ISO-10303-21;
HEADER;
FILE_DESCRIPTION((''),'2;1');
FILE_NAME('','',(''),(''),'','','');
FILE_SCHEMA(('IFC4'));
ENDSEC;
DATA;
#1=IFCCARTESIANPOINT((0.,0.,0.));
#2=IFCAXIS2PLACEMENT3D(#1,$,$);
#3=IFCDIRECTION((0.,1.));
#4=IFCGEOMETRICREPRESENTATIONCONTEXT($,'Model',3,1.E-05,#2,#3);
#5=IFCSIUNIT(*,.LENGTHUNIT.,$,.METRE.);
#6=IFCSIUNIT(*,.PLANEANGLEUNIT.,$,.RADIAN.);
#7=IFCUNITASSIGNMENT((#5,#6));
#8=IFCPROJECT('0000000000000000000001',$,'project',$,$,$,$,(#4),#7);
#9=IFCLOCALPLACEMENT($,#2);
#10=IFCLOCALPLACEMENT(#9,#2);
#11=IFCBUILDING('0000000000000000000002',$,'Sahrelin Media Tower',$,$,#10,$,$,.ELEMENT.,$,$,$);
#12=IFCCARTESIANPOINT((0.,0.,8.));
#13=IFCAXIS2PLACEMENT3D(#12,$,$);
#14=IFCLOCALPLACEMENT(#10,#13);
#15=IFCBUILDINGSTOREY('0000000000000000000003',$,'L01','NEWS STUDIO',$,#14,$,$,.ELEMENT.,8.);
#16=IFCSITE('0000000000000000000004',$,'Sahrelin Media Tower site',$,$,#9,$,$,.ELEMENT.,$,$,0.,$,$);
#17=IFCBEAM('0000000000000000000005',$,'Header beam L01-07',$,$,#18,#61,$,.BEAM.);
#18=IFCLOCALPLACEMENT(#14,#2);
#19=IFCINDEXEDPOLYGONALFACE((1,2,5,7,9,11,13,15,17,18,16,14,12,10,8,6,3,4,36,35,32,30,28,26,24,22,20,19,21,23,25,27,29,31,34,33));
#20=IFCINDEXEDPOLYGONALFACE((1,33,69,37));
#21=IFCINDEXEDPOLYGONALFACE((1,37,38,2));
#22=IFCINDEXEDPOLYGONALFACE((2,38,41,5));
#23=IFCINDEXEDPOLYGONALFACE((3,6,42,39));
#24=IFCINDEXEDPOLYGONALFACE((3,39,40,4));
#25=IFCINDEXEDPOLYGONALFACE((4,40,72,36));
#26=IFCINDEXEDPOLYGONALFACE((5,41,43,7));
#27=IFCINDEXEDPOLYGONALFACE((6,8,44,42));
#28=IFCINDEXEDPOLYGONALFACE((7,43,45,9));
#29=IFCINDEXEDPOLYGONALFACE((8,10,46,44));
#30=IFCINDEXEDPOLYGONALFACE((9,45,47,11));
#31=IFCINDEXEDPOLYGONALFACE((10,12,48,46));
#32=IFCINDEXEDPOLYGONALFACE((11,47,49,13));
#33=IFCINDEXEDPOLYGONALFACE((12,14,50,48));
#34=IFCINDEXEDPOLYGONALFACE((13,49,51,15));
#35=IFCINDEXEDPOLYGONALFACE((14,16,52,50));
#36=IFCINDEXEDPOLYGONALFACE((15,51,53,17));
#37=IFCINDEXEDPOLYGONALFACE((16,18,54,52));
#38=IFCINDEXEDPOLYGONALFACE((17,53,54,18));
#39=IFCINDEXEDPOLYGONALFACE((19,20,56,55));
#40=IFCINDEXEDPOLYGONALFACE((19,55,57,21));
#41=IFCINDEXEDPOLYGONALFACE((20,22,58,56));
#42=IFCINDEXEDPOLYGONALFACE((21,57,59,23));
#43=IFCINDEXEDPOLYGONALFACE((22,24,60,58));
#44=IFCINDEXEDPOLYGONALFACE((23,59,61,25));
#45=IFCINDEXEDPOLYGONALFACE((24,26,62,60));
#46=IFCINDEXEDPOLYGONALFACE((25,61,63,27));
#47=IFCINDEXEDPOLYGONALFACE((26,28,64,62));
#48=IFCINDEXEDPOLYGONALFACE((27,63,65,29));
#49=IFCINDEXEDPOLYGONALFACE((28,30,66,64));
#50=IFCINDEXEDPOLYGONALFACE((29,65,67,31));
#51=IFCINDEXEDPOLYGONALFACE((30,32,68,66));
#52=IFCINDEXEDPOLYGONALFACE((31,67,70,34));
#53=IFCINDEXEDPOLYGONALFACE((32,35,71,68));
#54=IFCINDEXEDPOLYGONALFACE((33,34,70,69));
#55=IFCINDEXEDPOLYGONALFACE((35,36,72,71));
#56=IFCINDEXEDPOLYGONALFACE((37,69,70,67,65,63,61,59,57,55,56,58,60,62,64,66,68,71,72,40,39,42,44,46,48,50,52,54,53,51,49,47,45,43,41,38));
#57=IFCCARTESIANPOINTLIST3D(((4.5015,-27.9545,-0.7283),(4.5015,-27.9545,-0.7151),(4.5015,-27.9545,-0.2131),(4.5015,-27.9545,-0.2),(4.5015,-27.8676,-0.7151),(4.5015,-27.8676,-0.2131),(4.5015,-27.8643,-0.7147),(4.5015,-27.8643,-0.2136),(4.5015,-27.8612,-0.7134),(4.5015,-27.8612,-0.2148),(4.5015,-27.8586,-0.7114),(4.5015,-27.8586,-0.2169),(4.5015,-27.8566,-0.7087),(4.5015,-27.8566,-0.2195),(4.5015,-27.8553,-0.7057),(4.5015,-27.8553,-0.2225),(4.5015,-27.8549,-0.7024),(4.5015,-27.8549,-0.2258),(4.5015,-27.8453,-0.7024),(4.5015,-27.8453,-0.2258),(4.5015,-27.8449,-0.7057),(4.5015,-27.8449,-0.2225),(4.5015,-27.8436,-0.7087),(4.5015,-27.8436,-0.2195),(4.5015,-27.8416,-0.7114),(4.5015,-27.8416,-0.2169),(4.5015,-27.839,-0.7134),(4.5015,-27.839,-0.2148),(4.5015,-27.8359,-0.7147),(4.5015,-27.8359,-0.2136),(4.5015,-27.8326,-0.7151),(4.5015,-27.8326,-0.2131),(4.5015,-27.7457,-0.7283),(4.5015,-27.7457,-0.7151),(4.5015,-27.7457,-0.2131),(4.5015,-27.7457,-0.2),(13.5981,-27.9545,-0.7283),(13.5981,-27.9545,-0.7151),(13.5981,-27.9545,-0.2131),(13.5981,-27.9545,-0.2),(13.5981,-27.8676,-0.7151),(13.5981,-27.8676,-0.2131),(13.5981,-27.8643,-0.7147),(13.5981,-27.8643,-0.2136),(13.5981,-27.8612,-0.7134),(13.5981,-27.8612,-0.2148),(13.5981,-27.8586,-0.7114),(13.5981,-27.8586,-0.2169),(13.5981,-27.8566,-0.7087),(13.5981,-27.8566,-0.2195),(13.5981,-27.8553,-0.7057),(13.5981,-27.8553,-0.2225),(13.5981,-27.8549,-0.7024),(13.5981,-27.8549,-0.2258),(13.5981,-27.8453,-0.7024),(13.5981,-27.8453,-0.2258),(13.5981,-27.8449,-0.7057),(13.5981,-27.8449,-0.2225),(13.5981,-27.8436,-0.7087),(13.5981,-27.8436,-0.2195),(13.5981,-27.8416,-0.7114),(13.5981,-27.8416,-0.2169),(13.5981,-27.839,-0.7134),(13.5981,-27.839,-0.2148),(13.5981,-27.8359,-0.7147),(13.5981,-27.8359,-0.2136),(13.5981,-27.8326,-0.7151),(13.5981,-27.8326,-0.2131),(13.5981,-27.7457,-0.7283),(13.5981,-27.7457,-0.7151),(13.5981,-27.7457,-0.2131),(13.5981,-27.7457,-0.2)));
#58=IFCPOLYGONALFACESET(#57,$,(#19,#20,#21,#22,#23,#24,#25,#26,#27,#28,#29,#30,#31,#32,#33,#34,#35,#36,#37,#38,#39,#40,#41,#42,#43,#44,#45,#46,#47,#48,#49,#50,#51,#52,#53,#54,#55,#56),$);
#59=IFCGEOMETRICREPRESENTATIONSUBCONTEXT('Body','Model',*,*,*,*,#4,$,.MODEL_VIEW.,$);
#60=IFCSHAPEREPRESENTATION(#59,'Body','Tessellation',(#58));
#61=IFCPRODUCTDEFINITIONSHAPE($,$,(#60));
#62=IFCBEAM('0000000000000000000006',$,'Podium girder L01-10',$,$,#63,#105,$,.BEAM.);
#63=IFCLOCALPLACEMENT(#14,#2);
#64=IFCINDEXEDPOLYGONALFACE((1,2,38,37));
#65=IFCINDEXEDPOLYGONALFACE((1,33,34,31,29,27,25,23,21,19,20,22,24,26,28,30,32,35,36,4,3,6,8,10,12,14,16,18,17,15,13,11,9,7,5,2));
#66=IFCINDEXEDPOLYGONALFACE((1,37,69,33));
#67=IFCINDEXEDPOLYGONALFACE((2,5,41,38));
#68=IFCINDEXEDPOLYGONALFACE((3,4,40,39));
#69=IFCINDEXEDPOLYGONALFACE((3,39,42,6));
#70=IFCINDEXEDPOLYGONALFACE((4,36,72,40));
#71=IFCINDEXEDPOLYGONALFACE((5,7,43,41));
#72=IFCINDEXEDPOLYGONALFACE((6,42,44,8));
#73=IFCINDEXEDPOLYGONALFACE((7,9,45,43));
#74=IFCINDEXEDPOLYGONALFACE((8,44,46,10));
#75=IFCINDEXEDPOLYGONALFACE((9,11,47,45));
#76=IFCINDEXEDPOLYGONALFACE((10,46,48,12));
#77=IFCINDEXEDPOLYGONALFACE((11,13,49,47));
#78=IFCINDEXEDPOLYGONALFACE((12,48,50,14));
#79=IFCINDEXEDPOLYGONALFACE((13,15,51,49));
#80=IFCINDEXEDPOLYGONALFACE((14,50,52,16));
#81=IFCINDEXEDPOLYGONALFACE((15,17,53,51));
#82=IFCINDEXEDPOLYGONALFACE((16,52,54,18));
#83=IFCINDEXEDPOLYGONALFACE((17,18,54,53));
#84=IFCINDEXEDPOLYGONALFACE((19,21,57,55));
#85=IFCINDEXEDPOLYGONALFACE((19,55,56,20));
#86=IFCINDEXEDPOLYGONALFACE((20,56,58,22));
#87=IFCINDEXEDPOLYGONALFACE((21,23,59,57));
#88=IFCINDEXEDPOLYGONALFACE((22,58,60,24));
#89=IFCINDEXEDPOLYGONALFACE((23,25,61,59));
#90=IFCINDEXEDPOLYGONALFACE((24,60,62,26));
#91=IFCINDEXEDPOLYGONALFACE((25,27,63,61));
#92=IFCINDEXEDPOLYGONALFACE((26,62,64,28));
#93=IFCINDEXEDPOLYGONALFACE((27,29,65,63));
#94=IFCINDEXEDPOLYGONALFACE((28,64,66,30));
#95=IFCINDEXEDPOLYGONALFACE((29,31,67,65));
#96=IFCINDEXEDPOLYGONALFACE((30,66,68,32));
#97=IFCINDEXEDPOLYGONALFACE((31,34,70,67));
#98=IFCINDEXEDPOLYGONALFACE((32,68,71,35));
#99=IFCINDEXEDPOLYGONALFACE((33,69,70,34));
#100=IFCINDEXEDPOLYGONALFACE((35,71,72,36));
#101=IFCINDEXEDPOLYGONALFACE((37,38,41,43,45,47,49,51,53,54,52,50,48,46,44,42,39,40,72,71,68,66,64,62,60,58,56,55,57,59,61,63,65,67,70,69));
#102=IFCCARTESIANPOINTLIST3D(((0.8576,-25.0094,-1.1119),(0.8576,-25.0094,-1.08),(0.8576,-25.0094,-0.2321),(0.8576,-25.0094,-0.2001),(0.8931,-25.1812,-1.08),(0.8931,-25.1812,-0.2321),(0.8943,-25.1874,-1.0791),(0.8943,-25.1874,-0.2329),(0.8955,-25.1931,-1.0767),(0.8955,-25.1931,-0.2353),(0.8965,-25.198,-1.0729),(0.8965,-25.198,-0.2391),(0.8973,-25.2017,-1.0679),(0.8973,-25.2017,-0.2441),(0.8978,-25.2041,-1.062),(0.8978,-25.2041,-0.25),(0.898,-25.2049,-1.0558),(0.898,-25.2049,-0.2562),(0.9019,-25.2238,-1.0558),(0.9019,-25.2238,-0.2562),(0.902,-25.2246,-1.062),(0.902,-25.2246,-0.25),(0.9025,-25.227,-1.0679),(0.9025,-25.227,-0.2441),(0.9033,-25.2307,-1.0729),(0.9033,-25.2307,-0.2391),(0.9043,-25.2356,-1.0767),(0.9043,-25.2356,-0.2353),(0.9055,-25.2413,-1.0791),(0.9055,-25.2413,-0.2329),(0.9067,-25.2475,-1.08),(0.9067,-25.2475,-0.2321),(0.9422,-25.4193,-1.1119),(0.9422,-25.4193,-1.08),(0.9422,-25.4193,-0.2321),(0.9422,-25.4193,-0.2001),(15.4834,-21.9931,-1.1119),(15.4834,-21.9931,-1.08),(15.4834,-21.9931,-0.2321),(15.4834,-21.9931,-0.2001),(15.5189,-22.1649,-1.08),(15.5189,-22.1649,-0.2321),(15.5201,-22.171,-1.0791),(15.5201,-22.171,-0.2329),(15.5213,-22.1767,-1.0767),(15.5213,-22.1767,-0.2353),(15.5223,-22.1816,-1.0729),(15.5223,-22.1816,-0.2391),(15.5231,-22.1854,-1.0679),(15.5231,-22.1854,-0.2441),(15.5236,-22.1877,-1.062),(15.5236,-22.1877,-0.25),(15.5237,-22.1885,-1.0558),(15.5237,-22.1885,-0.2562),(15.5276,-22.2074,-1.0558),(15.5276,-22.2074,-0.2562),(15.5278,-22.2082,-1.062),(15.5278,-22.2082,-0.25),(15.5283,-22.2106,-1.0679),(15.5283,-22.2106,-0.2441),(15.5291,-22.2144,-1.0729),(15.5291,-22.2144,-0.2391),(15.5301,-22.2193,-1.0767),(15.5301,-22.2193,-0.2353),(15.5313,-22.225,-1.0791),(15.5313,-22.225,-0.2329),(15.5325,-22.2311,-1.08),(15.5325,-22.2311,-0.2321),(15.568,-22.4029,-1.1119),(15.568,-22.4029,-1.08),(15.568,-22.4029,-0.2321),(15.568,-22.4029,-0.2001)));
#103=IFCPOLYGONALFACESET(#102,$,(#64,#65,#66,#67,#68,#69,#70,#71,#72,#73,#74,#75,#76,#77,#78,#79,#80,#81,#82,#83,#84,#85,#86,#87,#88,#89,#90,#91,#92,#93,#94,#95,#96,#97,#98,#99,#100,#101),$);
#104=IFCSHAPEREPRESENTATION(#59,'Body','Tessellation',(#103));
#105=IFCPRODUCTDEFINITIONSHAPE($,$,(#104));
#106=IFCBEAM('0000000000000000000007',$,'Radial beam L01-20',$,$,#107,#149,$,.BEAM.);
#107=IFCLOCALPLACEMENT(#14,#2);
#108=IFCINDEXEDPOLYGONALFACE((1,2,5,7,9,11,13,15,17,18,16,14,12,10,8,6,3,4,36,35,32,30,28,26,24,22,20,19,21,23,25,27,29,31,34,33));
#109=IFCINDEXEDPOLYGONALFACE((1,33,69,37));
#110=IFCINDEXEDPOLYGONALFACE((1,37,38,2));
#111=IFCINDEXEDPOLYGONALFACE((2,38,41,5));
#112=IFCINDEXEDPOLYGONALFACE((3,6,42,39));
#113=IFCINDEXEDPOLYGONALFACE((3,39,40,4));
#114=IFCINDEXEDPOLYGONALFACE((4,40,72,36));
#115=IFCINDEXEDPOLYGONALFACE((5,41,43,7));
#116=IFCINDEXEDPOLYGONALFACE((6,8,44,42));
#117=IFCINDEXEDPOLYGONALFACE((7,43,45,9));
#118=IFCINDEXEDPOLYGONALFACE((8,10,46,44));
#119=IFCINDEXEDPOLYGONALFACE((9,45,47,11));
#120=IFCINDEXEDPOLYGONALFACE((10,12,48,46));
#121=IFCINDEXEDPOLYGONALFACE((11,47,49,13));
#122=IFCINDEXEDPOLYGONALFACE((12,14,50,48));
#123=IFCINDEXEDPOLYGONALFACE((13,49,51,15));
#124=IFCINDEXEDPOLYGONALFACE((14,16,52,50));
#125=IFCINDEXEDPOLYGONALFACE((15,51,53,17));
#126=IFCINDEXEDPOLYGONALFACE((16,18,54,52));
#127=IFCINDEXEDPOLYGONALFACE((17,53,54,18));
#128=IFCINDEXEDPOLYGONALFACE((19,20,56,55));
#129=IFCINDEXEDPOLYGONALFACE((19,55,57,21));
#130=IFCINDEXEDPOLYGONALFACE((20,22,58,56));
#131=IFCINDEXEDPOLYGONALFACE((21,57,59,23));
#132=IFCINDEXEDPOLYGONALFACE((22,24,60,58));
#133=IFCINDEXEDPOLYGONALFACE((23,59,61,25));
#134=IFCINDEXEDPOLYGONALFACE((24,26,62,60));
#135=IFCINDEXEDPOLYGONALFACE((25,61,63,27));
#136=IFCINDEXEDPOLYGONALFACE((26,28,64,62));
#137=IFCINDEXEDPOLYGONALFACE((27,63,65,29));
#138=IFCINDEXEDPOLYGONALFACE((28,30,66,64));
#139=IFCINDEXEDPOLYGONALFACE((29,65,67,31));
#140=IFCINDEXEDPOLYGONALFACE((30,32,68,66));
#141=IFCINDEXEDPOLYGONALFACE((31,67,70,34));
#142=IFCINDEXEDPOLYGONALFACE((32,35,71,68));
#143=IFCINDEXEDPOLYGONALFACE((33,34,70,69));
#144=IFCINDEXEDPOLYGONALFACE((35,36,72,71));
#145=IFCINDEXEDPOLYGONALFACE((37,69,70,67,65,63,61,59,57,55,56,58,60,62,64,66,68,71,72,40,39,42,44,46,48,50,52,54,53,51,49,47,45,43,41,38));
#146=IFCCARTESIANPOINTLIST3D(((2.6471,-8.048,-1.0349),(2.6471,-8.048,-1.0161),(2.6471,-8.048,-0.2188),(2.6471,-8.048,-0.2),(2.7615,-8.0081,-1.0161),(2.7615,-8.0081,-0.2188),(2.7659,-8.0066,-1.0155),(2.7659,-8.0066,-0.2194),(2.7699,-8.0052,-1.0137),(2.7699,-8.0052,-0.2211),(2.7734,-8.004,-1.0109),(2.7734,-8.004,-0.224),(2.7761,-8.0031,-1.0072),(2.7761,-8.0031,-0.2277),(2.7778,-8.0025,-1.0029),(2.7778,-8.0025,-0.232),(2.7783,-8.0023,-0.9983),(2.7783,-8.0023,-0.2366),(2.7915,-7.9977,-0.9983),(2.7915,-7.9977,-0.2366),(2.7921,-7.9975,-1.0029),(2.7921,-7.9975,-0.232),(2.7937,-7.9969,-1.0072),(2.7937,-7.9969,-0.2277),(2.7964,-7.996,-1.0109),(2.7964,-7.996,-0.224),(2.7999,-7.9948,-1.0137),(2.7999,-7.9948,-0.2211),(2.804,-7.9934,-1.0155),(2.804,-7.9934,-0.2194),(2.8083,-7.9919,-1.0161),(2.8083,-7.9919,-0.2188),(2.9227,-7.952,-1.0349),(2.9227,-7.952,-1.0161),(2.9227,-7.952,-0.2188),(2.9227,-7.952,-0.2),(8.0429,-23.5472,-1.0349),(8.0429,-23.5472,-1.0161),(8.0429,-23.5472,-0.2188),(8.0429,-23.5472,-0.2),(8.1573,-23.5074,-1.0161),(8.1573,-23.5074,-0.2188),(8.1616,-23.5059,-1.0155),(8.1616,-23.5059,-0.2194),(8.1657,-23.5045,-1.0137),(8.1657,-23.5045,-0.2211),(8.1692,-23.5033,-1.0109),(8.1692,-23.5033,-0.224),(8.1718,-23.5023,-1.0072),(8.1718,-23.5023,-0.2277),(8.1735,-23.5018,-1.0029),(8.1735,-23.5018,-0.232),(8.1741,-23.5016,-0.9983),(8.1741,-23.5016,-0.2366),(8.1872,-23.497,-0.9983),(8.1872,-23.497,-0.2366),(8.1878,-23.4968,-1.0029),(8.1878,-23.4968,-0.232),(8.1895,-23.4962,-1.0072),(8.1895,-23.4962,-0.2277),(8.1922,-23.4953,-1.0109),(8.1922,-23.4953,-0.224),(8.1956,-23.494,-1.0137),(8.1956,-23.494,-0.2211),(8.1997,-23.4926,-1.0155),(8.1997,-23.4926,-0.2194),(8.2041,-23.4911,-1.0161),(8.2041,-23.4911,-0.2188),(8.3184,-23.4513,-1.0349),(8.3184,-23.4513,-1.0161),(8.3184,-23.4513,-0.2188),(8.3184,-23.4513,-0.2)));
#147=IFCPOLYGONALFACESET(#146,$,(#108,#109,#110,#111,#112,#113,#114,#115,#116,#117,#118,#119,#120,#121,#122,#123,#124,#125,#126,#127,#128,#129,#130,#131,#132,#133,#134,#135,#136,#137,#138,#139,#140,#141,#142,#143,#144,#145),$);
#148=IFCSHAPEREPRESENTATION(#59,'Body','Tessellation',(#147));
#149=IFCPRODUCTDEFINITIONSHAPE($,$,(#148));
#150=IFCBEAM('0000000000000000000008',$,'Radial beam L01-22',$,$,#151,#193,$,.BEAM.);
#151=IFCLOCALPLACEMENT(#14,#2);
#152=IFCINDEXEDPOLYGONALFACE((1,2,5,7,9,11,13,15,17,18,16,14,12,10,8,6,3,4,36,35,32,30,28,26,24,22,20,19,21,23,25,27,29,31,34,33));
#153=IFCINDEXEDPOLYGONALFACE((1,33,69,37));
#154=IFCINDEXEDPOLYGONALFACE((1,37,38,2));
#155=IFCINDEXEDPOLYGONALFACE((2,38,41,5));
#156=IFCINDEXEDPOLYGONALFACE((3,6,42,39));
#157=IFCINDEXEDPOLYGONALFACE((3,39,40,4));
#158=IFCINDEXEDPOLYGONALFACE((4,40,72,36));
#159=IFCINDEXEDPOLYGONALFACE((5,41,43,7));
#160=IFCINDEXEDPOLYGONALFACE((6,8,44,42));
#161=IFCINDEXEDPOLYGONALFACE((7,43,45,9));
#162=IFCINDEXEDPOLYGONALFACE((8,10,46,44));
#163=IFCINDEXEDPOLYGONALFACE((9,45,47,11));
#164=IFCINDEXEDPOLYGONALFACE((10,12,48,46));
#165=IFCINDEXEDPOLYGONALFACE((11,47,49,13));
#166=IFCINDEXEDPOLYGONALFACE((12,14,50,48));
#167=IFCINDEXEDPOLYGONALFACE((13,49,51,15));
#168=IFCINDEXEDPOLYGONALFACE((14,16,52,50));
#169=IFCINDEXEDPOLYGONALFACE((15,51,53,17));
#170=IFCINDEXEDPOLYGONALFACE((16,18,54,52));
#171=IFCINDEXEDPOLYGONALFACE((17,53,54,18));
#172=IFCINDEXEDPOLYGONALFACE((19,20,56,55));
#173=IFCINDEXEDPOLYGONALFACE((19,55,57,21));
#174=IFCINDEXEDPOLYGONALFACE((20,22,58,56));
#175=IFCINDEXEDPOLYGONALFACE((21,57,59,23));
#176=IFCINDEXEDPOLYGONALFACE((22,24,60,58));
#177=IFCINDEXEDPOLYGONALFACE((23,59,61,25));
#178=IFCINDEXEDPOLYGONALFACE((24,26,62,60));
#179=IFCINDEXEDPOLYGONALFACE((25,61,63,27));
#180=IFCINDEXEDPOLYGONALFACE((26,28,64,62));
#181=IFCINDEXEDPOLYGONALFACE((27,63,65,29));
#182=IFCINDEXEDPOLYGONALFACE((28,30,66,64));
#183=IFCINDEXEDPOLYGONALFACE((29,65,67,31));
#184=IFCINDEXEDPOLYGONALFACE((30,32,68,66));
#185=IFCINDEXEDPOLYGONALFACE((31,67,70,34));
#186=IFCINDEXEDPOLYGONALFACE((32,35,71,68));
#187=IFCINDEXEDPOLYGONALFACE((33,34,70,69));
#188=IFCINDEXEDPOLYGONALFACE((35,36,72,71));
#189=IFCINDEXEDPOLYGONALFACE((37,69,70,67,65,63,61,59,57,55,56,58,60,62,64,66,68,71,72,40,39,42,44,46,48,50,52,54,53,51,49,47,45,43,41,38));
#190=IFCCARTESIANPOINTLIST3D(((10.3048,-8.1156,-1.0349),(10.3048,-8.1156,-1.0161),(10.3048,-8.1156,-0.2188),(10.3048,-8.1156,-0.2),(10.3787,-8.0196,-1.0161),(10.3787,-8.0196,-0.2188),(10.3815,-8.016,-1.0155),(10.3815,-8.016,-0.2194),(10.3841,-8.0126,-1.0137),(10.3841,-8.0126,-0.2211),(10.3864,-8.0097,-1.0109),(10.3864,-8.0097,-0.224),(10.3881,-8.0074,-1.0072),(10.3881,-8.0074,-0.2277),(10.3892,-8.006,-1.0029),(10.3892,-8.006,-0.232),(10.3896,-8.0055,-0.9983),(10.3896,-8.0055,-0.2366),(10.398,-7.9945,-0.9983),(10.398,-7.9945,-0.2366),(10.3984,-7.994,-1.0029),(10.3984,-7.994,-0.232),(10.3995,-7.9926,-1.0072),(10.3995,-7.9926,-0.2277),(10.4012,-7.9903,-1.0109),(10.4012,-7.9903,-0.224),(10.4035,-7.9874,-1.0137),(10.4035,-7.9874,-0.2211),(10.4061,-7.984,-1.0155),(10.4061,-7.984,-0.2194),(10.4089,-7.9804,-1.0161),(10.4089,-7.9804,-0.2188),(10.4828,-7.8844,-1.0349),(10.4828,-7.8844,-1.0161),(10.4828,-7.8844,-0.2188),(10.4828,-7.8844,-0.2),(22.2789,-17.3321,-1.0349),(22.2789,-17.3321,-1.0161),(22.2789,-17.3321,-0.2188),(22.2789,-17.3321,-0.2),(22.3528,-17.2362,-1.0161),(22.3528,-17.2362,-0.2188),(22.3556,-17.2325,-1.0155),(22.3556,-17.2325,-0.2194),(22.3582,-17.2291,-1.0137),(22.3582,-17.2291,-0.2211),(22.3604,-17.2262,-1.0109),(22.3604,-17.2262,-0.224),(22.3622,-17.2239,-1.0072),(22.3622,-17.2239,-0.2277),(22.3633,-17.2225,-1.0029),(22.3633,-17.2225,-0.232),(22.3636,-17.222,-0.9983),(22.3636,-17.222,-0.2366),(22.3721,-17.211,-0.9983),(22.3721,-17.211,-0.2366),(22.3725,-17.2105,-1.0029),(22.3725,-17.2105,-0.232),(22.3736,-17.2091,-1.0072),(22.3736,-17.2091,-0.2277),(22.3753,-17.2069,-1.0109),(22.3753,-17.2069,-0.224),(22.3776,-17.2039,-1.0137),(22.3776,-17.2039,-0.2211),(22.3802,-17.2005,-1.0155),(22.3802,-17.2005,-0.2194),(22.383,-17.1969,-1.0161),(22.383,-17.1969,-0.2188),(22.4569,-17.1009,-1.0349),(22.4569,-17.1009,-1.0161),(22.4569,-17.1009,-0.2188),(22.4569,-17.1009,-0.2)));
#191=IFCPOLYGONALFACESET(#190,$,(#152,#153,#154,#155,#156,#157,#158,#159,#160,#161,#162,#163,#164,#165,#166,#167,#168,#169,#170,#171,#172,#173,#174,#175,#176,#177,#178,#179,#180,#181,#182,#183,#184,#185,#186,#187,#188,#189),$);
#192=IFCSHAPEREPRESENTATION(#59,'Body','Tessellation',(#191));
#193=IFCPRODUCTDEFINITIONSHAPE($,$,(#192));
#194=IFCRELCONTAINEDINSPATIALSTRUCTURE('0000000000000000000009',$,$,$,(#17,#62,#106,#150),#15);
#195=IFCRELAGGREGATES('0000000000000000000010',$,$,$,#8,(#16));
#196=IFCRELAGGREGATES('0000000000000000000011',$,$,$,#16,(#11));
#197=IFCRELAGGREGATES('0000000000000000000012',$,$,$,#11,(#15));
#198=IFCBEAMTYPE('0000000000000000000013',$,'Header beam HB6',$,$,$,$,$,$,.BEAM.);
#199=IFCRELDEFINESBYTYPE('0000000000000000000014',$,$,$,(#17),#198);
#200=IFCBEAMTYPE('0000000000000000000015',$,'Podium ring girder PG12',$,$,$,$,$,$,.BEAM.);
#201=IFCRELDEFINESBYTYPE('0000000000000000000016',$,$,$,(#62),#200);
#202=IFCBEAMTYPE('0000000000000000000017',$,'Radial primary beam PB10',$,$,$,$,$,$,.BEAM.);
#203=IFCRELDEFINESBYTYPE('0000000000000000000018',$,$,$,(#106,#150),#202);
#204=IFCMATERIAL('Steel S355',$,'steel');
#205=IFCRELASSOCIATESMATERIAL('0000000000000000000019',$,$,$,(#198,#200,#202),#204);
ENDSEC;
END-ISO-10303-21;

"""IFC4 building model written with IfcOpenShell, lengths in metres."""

from ifc_helpers import new_model, si_unit, direction, frame, origin, origin_2d, place, context, subcontext, project, spatial, i_section, extrude, material, material_profile, profile_set, type_object, element, save


model = new_model("IFC4")

# Units and contexts
model_context = context("Model", 3, precision=1e-05, world=origin(), true_north=direction((0.0, 1.0)))
body_context = subcontext(model_context, "Body", "Model", "MODEL_VIEW")
ifc_project = project(units=[si_unit("LENGTHUNIT", "METRE"), si_unit("PLANEANGLEUNIT", "RADIAN")], contexts=[model_context])

# Site, building, storey
site_placement = place(None, origin())
site = spatial("IfcSite", under=ifc_project, at=site_placement, Name="Sahrelin Media Tower site", CompositionType="ELEMENT", RefElevation=0.0)
building_placement = place(site_placement, origin())
building = spatial("IfcBuilding", under=site, at=building_placement, Name="Sahrelin Media Tower", CompositionType="ELEMENT")
storey_placement = place(building_placement, frame((0.0, 0.0, 8.0)))
storey = spatial("IfcBuildingStorey", under=building, at=storey_placement, Name="L01", Description="NEWS STUDIO", CompositionType="ELEMENT", Elevation=8.0)

# Beams
ifc_material_1 = material(Name="Steel S355", Category="steel")
ifc_material_profile_1 = material_profile(ifc_material_1, i_section(OverallWidth=0.2087, OverallDepth=0.5283, WebThickness=0.0095, FlangeThickness=0.0132, FilletRadius=0.0127, at=origin_2d()), Name="UB 533x210x82")
ifc_profile_set_1 = profile_set([ifc_material_profile_1], Name="Steel S355")
beam_type_1 = type_object("IfcBeamType", Name="Header beam HB6", PredefinedType="BEAM", material=ifc_profile_set_1)
beam_1_placement = place(storey_placement, frame((4.5015, -27.8501, -0.4641), z_axis=(1.0, 0.0, 0.0), x_axis=(0.0, 1.0, 0.0)))
element("IfcBeam", 1, at=beam_1_placement, inside=storey, type_object=beam_type_1, Name="Header beam L01-07", PredefinedType="BEAM", context=body_context, shape_type="SweptSolid", body=[
    extrude(i_section(OverallWidth=0.2087, OverallDepth=0.5283, WebThickness=0.0095, FlangeThickness=0.0132, FilletRadius=0.0127, at=origin_2d()), origin(), (0.0, 0.0, 1.0), 9.0967),
])
ifc_material_profile_2 = material_profile(ifc_material_1, i_section(OverallWidth=0.4185, OverallDepth=0.9119, WebThickness=0.0193, FlangeThickness=0.032, FilletRadius=0.0242, at=origin_2d()), Name="UB 914x419x343")
ifc_profile_set_2 = profile_set([ifc_material_profile_2], Name="Steel S355")
beam_type_2 = type_object("IfcBeamType", Name="Podium ring girder PG12", PredefinedType="BEAM", material=ifc_profile_set_2)
beam_2_placement = place(storey_placement, frame((0.8999, -25.2144, -0.656), z_axis=(0.979389, 0.201985, 0.0), x_axis=(-0.201985, 0.979389, 0.0)))
element("IfcBeam", 2, at=beam_2_placement, inside=storey, type_object=beam_type_2, Name="Podium girder L01-10", PredefinedType="BEAM", context=body_context, shape_type="SweptSolid", body=[
    extrude(i_section(OverallWidth=0.4185, OverallDepth=0.9119, WebThickness=0.0193, FlangeThickness=0.032, FilletRadius=0.0242, at=origin_2d()), origin(), (0.0, 0.0, 1.0), 14.9336),
])
ifc_material_profile_3 = material_profile(ifc_material_1, i_section(OverallWidth=0.2917, OverallDepth=0.835, WebThickness=0.0139, FlangeThickness=0.0188, FilletRadius=0.0178, at=origin_2d()), Name="UB 838x292x176")
ifc_profile_set_3 = profile_set([ifc_material_profile_3], Name="Steel S355")
beam_type_3 = type_object("IfcBeamType", Name="Radial primary beam PB10", PredefinedType="BEAM", material=ifc_profile_set_3)
beam_3_placement = place(storey_placement, frame((2.7849, -8.0, -0.6174), z_axis=(0.328776, -0.944408, 0.0), x_axis=(0.944408, 0.328776, 0.0)))
element("IfcBeam", 3, at=beam_3_placement, inside=storey, type_object=beam_type_3, Name="Radial beam L01-20", PredefinedType="BEAM", context=body_context, shape_type="SweptSolid", body=[
    extrude(i_section(OverallWidth=0.2917, OverallDepth=0.835, WebThickness=0.0139, FlangeThickness=0.0188, FilletRadius=0.0178, at=origin_2d()), origin(), (0.0, 0.0, 1.0), 16.4116),
])
beam_4_placement = place(storey_placement, frame((10.3938, -8.0, -0.6174), z_axis=(0.792442, -0.609947, 0.0), x_axis=(0.609947, 0.792442, 0.0)))
element("IfcBeam", 4, at=beam_4_placement, inside=storey, type_object=beam_type_3, Name="Radial beam L01-22", PredefinedType="BEAM", context=body_context, shape_type="SweptSolid", body=[
    extrude(i_section(OverallWidth=0.2917, OverallDepth=0.835, WebThickness=0.0139, FlangeThickness=0.0188, FilletRadius=0.0178, at=origin_2d()), origin(), (0.0, 0.0, 1.0), 15.1104),
])

save(model, "model.ifc")
